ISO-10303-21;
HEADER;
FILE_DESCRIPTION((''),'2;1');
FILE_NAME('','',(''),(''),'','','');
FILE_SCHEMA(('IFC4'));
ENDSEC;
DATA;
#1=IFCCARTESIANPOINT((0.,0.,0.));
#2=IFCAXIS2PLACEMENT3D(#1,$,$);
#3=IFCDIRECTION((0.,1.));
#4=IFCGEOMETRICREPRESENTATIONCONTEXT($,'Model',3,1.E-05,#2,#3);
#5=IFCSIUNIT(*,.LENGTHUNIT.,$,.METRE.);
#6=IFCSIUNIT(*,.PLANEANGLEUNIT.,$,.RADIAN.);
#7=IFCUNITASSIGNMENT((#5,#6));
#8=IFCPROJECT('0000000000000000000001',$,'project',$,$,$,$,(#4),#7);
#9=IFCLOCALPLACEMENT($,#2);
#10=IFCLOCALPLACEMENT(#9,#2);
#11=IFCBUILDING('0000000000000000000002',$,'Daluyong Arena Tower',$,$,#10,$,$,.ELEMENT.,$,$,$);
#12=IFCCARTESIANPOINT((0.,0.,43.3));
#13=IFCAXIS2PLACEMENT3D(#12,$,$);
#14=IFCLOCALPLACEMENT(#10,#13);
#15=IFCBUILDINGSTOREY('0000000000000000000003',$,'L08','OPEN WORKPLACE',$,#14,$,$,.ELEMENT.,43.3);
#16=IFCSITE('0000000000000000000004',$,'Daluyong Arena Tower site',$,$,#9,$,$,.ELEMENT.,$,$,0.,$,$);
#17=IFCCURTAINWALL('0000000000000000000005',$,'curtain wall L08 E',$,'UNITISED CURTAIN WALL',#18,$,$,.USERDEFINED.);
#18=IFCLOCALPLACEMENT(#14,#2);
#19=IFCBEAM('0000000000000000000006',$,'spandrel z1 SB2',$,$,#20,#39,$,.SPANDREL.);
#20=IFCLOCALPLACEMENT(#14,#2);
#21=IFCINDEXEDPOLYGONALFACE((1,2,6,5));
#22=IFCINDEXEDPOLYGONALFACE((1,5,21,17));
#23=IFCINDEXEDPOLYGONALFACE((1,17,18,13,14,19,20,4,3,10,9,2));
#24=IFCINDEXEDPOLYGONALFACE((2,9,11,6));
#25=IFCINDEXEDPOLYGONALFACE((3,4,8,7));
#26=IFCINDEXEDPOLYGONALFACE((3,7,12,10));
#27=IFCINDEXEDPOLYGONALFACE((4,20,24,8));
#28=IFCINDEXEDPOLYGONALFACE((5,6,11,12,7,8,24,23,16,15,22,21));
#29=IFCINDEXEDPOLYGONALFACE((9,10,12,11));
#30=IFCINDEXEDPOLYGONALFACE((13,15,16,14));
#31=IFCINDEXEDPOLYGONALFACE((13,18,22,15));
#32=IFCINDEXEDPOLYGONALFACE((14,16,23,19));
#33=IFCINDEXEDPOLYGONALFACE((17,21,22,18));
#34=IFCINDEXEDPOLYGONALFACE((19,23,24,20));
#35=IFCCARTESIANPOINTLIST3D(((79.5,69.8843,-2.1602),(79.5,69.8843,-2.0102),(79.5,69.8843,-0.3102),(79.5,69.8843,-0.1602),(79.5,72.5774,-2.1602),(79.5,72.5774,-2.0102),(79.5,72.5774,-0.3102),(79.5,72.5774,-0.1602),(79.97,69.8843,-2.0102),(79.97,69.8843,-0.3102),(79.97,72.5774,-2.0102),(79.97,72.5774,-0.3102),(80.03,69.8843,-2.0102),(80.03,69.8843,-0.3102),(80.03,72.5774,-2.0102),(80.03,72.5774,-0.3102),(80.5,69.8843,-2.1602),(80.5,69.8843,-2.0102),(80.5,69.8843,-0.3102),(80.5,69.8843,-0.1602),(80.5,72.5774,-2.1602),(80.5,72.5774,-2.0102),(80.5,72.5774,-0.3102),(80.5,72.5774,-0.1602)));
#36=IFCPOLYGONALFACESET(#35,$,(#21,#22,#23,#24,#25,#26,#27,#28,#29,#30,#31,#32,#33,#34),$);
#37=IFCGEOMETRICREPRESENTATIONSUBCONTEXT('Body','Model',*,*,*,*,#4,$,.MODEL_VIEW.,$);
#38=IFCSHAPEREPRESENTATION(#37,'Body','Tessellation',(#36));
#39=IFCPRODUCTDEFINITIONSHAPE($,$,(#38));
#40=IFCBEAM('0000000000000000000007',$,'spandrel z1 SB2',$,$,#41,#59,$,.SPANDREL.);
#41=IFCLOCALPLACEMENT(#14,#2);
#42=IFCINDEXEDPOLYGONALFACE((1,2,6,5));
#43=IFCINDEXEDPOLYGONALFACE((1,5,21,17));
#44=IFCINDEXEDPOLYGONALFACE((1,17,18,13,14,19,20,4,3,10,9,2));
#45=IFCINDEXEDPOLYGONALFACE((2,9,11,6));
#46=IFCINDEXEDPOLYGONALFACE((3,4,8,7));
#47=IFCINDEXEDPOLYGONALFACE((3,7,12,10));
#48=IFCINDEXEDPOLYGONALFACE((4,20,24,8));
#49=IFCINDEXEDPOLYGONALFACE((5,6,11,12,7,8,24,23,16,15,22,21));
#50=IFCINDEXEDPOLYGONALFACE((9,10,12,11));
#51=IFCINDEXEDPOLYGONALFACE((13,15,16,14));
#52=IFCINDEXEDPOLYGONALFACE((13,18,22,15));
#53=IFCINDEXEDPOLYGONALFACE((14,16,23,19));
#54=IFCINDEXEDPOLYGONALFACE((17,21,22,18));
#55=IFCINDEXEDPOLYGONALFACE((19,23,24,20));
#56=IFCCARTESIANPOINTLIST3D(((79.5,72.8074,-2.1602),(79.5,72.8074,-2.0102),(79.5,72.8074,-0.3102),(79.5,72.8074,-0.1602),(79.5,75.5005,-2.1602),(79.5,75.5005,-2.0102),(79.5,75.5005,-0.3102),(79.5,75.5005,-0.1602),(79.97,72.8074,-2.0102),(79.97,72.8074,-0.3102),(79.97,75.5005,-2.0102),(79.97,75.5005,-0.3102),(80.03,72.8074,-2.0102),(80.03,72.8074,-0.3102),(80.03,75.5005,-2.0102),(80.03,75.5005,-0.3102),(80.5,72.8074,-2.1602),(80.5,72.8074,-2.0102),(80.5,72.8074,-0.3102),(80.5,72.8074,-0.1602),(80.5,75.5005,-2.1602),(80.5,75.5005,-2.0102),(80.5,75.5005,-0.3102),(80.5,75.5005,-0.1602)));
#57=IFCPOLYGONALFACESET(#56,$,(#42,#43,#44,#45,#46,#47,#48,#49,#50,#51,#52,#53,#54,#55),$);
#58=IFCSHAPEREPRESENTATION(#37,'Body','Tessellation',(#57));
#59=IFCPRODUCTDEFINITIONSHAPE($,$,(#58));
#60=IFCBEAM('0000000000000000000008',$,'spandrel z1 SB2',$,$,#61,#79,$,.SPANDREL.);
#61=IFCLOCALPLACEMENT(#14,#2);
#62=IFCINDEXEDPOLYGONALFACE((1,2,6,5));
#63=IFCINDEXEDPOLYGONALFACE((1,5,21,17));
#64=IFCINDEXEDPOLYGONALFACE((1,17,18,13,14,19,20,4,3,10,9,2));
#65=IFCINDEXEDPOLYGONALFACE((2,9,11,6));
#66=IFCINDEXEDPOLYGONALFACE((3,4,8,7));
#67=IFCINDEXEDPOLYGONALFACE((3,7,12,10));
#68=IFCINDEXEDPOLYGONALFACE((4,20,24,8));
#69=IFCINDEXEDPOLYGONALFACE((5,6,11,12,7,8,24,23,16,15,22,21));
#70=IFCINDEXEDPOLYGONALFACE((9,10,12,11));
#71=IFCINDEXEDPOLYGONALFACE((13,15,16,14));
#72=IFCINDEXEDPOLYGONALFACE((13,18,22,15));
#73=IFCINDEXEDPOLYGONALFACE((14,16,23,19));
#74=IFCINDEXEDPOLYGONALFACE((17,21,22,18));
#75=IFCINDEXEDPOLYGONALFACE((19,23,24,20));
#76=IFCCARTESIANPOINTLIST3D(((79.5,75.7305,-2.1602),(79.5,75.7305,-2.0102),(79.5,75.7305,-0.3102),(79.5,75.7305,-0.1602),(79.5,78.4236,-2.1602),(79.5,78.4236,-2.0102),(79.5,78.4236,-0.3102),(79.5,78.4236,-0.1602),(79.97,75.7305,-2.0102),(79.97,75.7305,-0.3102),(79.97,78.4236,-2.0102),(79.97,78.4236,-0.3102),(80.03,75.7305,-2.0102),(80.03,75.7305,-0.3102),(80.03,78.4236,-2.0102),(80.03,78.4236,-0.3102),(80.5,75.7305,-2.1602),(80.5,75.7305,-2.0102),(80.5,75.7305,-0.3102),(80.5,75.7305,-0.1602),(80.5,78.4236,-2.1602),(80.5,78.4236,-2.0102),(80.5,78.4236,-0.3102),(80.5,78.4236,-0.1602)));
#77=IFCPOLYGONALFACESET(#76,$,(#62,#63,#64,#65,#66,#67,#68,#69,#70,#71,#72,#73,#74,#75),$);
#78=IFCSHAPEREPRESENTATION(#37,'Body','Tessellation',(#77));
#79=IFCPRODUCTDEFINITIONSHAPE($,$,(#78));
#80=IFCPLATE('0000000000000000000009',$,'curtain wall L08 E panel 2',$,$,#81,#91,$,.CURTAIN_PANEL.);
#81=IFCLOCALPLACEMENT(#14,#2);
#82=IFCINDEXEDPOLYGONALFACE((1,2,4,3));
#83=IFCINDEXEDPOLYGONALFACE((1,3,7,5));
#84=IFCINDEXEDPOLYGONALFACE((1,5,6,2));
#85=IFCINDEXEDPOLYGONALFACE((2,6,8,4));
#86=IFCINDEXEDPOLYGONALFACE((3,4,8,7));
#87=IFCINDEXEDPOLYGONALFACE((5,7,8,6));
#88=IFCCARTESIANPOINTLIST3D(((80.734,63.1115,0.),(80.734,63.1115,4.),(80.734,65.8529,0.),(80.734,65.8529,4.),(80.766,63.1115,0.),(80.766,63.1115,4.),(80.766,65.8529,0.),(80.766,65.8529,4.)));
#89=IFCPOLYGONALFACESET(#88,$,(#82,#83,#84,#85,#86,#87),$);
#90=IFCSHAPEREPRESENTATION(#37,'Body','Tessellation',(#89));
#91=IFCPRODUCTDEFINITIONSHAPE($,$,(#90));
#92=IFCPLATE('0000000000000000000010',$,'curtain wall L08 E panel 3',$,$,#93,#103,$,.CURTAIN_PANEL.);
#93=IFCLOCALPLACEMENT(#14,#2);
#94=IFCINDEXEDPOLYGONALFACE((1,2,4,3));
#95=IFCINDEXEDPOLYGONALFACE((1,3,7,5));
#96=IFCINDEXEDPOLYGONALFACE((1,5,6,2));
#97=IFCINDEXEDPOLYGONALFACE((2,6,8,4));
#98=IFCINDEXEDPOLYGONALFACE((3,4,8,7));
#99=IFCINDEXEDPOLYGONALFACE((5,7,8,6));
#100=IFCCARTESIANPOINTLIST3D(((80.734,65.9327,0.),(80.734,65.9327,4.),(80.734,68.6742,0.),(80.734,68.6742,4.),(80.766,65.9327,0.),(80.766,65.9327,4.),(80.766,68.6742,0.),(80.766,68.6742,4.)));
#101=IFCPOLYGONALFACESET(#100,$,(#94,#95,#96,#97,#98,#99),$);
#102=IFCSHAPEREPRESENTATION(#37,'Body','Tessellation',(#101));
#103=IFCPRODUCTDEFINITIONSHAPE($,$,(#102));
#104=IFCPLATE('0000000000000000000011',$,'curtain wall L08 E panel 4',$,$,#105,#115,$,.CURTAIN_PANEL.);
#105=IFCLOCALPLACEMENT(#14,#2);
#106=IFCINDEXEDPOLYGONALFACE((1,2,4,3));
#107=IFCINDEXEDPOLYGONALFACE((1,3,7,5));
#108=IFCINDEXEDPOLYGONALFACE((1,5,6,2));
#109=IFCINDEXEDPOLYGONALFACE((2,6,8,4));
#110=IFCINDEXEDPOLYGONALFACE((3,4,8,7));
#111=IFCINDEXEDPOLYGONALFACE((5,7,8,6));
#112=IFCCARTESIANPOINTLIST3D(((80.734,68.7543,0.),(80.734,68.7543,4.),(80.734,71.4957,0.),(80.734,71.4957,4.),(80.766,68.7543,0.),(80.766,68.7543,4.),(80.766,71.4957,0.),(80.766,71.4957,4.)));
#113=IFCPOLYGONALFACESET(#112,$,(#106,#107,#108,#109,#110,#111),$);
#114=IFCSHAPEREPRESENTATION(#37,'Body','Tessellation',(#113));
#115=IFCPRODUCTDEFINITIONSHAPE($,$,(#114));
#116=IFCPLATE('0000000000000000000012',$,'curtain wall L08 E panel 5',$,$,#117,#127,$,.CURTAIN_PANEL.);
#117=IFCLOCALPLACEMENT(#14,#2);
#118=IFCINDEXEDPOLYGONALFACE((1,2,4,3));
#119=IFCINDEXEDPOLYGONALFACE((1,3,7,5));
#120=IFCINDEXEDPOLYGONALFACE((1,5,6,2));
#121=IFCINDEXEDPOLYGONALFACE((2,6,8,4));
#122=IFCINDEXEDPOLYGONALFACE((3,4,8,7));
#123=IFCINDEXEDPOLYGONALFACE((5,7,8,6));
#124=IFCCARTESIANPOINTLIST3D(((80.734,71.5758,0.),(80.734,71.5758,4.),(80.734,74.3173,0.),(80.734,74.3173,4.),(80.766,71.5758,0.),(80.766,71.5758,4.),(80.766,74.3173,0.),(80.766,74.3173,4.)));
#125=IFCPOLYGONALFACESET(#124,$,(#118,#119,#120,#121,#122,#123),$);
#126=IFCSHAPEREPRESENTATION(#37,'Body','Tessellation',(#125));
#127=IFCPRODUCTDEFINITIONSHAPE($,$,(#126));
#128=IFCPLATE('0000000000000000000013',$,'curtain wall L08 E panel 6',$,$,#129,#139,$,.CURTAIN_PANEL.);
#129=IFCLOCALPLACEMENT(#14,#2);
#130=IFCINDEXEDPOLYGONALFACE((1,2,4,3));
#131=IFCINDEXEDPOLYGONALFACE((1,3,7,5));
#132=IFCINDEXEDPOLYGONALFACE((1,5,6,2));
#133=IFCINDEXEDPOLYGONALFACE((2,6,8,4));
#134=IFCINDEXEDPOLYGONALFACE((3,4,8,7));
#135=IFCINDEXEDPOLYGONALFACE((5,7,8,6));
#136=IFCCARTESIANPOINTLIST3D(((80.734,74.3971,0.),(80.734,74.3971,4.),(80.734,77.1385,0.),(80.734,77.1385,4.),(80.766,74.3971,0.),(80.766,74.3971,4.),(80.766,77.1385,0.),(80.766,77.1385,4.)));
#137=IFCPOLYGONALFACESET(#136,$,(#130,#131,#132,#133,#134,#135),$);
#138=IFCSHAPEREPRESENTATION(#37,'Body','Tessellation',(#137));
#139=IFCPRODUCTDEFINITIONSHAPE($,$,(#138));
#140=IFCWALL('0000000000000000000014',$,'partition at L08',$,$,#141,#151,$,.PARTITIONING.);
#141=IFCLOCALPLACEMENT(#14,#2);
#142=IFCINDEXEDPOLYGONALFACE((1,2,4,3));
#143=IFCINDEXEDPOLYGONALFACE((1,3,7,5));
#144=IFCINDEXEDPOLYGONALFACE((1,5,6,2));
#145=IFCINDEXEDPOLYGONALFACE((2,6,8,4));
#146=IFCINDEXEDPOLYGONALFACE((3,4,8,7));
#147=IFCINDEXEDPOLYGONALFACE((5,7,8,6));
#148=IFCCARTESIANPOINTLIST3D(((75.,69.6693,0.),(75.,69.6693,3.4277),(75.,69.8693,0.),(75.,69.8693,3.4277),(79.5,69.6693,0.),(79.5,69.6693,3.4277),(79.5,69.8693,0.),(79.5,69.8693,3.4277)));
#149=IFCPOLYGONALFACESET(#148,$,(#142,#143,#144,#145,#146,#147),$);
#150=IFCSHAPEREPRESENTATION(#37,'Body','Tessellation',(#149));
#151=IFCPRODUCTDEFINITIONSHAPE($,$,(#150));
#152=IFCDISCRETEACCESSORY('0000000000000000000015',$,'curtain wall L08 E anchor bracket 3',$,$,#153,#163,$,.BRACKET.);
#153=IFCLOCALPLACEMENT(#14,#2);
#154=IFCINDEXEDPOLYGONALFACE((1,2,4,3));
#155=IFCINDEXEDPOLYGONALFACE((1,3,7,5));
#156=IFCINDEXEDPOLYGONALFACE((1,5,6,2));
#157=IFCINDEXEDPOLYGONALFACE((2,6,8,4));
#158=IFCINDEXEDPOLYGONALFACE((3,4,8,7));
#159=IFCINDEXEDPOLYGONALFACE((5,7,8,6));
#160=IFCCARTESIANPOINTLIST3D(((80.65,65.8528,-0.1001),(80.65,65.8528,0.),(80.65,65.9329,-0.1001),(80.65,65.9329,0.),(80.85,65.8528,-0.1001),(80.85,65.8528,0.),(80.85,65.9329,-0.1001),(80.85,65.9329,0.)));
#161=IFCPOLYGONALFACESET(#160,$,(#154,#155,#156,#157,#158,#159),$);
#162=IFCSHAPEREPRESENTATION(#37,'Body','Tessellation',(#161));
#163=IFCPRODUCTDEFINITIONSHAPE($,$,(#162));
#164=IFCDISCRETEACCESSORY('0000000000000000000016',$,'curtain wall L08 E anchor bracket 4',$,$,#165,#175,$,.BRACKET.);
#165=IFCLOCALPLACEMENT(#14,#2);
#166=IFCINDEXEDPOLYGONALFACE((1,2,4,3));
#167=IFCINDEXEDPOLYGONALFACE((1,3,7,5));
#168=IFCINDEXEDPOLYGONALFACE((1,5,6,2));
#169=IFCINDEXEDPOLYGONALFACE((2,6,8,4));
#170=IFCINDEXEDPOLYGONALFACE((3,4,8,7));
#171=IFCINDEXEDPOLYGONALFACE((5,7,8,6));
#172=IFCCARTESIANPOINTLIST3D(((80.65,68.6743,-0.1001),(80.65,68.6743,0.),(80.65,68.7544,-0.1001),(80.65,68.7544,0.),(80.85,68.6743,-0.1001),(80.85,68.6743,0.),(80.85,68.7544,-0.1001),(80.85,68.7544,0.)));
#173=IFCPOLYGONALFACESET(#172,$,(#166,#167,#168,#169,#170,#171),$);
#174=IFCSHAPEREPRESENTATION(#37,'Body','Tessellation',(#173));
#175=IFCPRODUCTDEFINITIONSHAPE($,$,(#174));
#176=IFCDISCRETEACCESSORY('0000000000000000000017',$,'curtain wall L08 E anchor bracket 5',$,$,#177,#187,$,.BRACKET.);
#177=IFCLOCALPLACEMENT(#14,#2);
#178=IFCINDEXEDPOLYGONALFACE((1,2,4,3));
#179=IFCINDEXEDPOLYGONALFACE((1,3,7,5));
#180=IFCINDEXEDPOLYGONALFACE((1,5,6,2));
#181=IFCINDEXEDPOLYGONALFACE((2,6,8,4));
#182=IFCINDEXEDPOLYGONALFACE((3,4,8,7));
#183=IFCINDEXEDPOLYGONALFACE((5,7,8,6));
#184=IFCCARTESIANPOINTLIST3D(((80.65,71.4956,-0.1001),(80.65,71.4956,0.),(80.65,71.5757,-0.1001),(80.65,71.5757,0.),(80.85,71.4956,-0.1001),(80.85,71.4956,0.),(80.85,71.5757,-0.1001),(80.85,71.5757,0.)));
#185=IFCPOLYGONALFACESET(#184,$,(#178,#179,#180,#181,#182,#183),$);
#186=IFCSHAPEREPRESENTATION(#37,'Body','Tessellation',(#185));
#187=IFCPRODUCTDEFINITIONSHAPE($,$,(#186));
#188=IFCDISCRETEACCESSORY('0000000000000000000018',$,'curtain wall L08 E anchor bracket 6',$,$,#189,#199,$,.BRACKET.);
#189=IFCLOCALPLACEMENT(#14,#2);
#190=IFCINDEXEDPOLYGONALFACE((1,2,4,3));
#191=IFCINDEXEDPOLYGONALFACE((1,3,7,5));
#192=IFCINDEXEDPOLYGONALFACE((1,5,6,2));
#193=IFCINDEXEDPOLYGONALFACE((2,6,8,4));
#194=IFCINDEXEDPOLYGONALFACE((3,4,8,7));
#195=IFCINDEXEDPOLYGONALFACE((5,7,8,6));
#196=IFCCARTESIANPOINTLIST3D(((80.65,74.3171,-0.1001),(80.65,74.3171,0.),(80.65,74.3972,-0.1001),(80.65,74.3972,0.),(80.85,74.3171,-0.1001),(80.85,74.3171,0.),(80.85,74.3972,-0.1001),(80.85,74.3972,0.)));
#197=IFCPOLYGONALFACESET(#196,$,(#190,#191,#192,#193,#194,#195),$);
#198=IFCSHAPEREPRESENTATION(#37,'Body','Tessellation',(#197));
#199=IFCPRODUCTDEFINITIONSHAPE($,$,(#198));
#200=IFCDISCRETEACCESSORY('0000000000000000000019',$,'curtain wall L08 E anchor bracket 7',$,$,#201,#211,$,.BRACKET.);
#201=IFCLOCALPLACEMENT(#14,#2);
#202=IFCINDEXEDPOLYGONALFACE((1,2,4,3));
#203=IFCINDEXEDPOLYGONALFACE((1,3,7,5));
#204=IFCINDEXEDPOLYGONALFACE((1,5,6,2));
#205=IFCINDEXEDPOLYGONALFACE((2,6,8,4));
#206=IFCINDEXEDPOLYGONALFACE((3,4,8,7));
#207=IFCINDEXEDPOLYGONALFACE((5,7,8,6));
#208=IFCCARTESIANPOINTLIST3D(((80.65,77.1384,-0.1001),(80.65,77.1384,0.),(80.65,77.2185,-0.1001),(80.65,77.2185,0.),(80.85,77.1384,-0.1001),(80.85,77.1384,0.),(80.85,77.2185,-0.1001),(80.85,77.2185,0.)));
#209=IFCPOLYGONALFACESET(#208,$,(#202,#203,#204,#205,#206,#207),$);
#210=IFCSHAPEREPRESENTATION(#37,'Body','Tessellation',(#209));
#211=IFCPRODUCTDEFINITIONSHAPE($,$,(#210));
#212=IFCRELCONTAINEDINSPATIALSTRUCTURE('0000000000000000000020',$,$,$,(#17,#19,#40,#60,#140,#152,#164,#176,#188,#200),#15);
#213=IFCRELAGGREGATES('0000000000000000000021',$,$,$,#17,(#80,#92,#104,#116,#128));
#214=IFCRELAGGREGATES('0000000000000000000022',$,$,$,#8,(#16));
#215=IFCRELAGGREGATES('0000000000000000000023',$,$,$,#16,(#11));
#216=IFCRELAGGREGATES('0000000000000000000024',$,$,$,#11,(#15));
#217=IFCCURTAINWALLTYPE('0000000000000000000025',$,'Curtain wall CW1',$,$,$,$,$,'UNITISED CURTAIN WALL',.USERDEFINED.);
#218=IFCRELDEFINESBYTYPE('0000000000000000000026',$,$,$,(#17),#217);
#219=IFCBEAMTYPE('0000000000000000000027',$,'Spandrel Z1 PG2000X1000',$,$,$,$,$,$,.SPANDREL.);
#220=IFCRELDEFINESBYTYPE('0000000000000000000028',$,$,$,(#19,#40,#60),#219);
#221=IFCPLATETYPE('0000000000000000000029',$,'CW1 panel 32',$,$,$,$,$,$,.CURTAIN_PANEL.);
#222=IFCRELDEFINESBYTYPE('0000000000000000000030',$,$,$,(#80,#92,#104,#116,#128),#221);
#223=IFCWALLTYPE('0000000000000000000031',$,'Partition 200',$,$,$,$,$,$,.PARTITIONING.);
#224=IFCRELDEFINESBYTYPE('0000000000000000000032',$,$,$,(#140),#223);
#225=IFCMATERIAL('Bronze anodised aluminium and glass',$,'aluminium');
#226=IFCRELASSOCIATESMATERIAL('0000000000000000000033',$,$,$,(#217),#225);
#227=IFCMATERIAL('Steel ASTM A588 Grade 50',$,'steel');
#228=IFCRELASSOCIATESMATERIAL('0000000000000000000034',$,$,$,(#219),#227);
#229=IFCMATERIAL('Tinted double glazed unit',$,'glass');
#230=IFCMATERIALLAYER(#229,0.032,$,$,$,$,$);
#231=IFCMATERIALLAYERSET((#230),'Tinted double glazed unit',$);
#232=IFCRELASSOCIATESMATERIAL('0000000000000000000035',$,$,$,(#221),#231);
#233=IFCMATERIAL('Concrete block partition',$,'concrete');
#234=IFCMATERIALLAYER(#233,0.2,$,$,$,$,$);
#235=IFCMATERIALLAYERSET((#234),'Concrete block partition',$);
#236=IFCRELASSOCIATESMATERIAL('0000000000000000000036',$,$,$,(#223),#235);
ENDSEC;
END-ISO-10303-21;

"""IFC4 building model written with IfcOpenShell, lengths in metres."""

from ifc_helpers import new_model, si_unit, direction, frame, frame_2d, origin, origin_2d, place, context, subcontext, project, spatial, rectangle, i_section, extrude, material, layer, layer_set, material_profile, profile_set, type_object, element, aggregate, save


model = new_model("IFC4")

# Units and contexts
model_context = context("Model", 3, precision=1e-05, world=origin(), true_north=direction((0.0, 1.0)))
body_context = subcontext(model_context, "Body", "Model", "MODEL_VIEW")
ifc_project = project(units=[si_unit("LENGTHUNIT", "METRE"), si_unit("PLANEANGLEUNIT", "RADIAN")], contexts=[model_context])

# Site, building, storey
site_placement = place(None, origin())
site = spatial("IfcSite", under=ifc_project, at=site_placement, Name="Daluyong Arena Tower site", CompositionType="ELEMENT", RefElevation=0.0)
building_placement = place(site_placement, origin())
building = spatial("IfcBuilding", under=site, at=building_placement, Name="Daluyong Arena Tower", CompositionType="ELEMENT")
storey_placement = place(building_placement, frame((0.0, 0.0, 43.3)))
storey = spatial("IfcBuildingStorey", under=building, at=storey_placement, Name="L08", Description="OPEN WORKPLACE", CompositionType="ELEMENT", Elevation=43.3)

# Curtain wall
ifc_material_1 = material(Name="Bronze anodised aluminium and glass", Category="aluminium")
curtain_wall_type = type_object("IfcCurtainWallType", Name="Curtain wall CW1", ElementType="UNITISED CURTAIN WALL", PredefinedType="USERDEFINED", material=ifc_material_1)
curtain_wall_placement = place(storey_placement, origin())
curtain_wall = element("IfcCurtainWall", 1, at=curtain_wall_placement, inside=storey, type_object=curtain_wall_type, Name="curtain wall L08 E", ObjectType="UNITISED CURTAIN WALL", PredefinedType="USERDEFINED")

# Beams
ifc_material_2 = material(Name="Steel ASTM A588 Grade 50", Category="steel")
ifc_material_profile_1 = material_profile(ifc_material_2, i_section(OverallWidth=1.0, OverallDepth=2.0, WebThickness=0.06, FlangeThickness=0.15, at=origin_2d()))
ifc_profile_set_1 = profile_set([ifc_material_profile_1], Name="Steel ASTM A588 Grade 50")
beam_type_1 = type_object("IfcBeamType", Name="Spandrel Z1 PG2000X1000", PredefinedType="SPANDREL", material=ifc_profile_set_1)
for number, where, z_axis, x_axis, name in (
    (2, (80.0, 69.8843, -1.1602), (0.0, 1.0, 0.0), (-1.0, 0.0, 0.0), "spandrel z1 SB2"),
    (3, (80.0, 72.8074, -1.1602), (0.0, 1.0, 0.0), (-1.0, 0.0, 0.0), "spandrel z1 SB2"),
    (4, (80.0, 75.7305, -1.1602), (0.0, 1.0, 0.0), (-1.0, 0.0, 0.0), "spandrel z1 SB2"),
):
    element("IfcBeam", number, at=place(storey_placement, frame(where, z_axis=z_axis, x_axis=x_axis)), inside=storey, type_object=beam_type_1, Name=name, PredefinedType="SPANDREL", context=body_context, shape_type="SweptSolid", body=[
        extrude(i_section(OverallWidth=1.0, OverallDepth=2.0, WebThickness=0.06, FlangeThickness=0.15, at=origin_2d()), origin(), (0.0, 0.0, 1.0), 2.6931),
    ])

# Plates
ifc_material_3 = material(Name="Tinted double glazed unit", Category="glass")
ifc_layer_1 = layer(ifc_material_3, 0.032)
ifc_layer_set_1 = layer_set([ifc_layer_1], Name="Tinted double glazed unit")
plate_type = type_object("IfcPlateType", Name="CW1 panel 32", PredefinedType="CURTAIN_PANEL", material=ifc_layer_set_1)
plate_1_placement = place(storey_placement, frame((80.75, 64.4822, 0.0), z_axis=(0.0, 0.0, 1.0), x_axis=(0.0, 1.0, 0.0)))
plate_1 = element("IfcPlate", 5, at=plate_1_placement, type_object=plate_type, Name="curtain wall L08 E panel 2", PredefinedType="CURTAIN_PANEL", context=body_context, shape_type="SweptSolid", body=[
    extrude(rectangle(XDim=2.7415, YDim=0.032, at=origin_2d()), origin(), (0.0, 0.0, 1.0), 4.0),
])
plate_2_placement = place(storey_placement, frame((80.75, 67.3035, 0.0), z_axis=(0.0, 0.0, 1.0), x_axis=(0.0, 1.0, 0.0)))
plate_2 = element("IfcPlate", 6, at=plate_2_placement, type_object=plate_type, Name="curtain wall L08 E panel 3", PredefinedType="CURTAIN_PANEL", context=body_context, shape_type="SweptSolid", body=[
    extrude(rectangle(XDim=2.7415, YDim=0.032, at=origin_2d()), origin(), (0.0, 0.0, 1.0), 4.0),
])
plate_3_placement = place(storey_placement, frame((80.75, 70.125, 0.0), z_axis=(0.0, 0.0, 1.0), x_axis=(0.0, 1.0, 0.0)))
plate_3 = element("IfcPlate", 7, at=plate_3_placement, type_object=plate_type, Name="curtain wall L08 E panel 4", PredefinedType="CURTAIN_PANEL", context=body_context, shape_type="SweptSolid", body=[
    extrude(rectangle(XDim=2.7415, YDim=0.032, at=origin_2d()), origin(), (0.0, 0.0, 1.0), 4.0),
])
plate_4_placement = place(storey_placement, frame((80.75, 72.9465, 0.0), z_axis=(0.0, 0.0, 1.0), x_axis=(0.0, 1.0, 0.0)))
plate_4 = element("IfcPlate", 8, at=plate_4_placement, type_object=plate_type, Name="curtain wall L08 E panel 5", PredefinedType="CURTAIN_PANEL", context=body_context, shape_type="SweptSolid", body=[
    extrude(rectangle(XDim=2.7415, YDim=0.032, at=origin_2d()), origin(), (0.0, 0.0, 1.0), 4.0),
])
plate_5_placement = place(storey_placement, frame((80.75, 75.7678, 0.0), z_axis=(0.0, 0.0, 1.0), x_axis=(0.0, 1.0, 0.0)))
plate_5 = element("IfcPlate", 9, at=plate_5_placement, type_object=plate_type, Name="curtain wall L08 E panel 6", PredefinedType="CURTAIN_PANEL", context=body_context, shape_type="SweptSolid", body=[
    extrude(rectangle(XDim=2.7415, YDim=0.032, at=origin_2d()), origin(), (0.0, 0.0, 1.0), 4.0),
])
aggregate(curtain_wall, [plate_1, plate_2, plate_3, plate_4, plate_5])

# Wall
ifc_material_4 = material(Name="Concrete block partition", Category="concrete")
ifc_layer_2 = layer(ifc_material_4, 0.2)
ifc_layer_set_2 = layer_set([ifc_layer_2], Name="Concrete block partition")
wall_type = type_object("IfcWallType", Name="Partition 200", PredefinedType="PARTITIONING", material=ifc_layer_set_2)
wall_placement = place(storey_placement, frame((75.0, 69.7693, 0.0), z_axis=(0.0, 0.0, 1.0), x_axis=(1.0, 0.0, 0.0)))
element("IfcWall", 10, at=wall_placement, inside=storey, type_object=wall_type, Name="partition at L08", PredefinedType="PARTITIONING", context=body_context, shape_type="SweptSolid", body=[
    extrude(rectangle(XDim=4.5, YDim=0.2, at=frame_2d((2.25, 0.0))), origin(), (0.0, 0.0, 1.0), 3.4277),
])

# Discrete accessories
for number, where, z_axis, x_axis, name in (
    (11, (80.75, 65.8928, -0.1001), (0.0, 0.0, 1.0), (0.0, 1.0, 0.0), "curtain wall L08 E anchor bracket 3"),
    (12, (80.75, 68.7144, -0.1001), (0.0, 0.0, 1.0), (0.0, 1.0, 0.0), "curtain wall L08 E anchor bracket 4"),
    (13, (80.75, 71.5356, -0.1001), (0.0, 0.0, 1.0), (0.0, 1.0, 0.0), "curtain wall L08 E anchor bracket 5"),
    (14, (80.75, 74.3572, -0.1001), (0.0, 0.0, 1.0), (0.0, 1.0, 0.0), "curtain wall L08 E anchor bracket 6"),
    (15, (80.75, 77.1785, -0.1001), (0.0, 0.0, 1.0), (0.0, 1.0, 0.0), "curtain wall L08 E anchor bracket 7"),
):
    element("IfcDiscreteAccessory", number, at=place(storey_placement, frame(where, z_axis=z_axis, x_axis=x_axis)), inside=storey, Name=name, PredefinedType="BRACKET", context=body_context, shape_type="SweptSolid", body=[
        extrude(rectangle(XDim=0.0801, YDim=0.2, at=origin_2d()), origin(), (0.0, 0.0, 1.0), 0.1001),
    ])

save(model, "model.ifc")
